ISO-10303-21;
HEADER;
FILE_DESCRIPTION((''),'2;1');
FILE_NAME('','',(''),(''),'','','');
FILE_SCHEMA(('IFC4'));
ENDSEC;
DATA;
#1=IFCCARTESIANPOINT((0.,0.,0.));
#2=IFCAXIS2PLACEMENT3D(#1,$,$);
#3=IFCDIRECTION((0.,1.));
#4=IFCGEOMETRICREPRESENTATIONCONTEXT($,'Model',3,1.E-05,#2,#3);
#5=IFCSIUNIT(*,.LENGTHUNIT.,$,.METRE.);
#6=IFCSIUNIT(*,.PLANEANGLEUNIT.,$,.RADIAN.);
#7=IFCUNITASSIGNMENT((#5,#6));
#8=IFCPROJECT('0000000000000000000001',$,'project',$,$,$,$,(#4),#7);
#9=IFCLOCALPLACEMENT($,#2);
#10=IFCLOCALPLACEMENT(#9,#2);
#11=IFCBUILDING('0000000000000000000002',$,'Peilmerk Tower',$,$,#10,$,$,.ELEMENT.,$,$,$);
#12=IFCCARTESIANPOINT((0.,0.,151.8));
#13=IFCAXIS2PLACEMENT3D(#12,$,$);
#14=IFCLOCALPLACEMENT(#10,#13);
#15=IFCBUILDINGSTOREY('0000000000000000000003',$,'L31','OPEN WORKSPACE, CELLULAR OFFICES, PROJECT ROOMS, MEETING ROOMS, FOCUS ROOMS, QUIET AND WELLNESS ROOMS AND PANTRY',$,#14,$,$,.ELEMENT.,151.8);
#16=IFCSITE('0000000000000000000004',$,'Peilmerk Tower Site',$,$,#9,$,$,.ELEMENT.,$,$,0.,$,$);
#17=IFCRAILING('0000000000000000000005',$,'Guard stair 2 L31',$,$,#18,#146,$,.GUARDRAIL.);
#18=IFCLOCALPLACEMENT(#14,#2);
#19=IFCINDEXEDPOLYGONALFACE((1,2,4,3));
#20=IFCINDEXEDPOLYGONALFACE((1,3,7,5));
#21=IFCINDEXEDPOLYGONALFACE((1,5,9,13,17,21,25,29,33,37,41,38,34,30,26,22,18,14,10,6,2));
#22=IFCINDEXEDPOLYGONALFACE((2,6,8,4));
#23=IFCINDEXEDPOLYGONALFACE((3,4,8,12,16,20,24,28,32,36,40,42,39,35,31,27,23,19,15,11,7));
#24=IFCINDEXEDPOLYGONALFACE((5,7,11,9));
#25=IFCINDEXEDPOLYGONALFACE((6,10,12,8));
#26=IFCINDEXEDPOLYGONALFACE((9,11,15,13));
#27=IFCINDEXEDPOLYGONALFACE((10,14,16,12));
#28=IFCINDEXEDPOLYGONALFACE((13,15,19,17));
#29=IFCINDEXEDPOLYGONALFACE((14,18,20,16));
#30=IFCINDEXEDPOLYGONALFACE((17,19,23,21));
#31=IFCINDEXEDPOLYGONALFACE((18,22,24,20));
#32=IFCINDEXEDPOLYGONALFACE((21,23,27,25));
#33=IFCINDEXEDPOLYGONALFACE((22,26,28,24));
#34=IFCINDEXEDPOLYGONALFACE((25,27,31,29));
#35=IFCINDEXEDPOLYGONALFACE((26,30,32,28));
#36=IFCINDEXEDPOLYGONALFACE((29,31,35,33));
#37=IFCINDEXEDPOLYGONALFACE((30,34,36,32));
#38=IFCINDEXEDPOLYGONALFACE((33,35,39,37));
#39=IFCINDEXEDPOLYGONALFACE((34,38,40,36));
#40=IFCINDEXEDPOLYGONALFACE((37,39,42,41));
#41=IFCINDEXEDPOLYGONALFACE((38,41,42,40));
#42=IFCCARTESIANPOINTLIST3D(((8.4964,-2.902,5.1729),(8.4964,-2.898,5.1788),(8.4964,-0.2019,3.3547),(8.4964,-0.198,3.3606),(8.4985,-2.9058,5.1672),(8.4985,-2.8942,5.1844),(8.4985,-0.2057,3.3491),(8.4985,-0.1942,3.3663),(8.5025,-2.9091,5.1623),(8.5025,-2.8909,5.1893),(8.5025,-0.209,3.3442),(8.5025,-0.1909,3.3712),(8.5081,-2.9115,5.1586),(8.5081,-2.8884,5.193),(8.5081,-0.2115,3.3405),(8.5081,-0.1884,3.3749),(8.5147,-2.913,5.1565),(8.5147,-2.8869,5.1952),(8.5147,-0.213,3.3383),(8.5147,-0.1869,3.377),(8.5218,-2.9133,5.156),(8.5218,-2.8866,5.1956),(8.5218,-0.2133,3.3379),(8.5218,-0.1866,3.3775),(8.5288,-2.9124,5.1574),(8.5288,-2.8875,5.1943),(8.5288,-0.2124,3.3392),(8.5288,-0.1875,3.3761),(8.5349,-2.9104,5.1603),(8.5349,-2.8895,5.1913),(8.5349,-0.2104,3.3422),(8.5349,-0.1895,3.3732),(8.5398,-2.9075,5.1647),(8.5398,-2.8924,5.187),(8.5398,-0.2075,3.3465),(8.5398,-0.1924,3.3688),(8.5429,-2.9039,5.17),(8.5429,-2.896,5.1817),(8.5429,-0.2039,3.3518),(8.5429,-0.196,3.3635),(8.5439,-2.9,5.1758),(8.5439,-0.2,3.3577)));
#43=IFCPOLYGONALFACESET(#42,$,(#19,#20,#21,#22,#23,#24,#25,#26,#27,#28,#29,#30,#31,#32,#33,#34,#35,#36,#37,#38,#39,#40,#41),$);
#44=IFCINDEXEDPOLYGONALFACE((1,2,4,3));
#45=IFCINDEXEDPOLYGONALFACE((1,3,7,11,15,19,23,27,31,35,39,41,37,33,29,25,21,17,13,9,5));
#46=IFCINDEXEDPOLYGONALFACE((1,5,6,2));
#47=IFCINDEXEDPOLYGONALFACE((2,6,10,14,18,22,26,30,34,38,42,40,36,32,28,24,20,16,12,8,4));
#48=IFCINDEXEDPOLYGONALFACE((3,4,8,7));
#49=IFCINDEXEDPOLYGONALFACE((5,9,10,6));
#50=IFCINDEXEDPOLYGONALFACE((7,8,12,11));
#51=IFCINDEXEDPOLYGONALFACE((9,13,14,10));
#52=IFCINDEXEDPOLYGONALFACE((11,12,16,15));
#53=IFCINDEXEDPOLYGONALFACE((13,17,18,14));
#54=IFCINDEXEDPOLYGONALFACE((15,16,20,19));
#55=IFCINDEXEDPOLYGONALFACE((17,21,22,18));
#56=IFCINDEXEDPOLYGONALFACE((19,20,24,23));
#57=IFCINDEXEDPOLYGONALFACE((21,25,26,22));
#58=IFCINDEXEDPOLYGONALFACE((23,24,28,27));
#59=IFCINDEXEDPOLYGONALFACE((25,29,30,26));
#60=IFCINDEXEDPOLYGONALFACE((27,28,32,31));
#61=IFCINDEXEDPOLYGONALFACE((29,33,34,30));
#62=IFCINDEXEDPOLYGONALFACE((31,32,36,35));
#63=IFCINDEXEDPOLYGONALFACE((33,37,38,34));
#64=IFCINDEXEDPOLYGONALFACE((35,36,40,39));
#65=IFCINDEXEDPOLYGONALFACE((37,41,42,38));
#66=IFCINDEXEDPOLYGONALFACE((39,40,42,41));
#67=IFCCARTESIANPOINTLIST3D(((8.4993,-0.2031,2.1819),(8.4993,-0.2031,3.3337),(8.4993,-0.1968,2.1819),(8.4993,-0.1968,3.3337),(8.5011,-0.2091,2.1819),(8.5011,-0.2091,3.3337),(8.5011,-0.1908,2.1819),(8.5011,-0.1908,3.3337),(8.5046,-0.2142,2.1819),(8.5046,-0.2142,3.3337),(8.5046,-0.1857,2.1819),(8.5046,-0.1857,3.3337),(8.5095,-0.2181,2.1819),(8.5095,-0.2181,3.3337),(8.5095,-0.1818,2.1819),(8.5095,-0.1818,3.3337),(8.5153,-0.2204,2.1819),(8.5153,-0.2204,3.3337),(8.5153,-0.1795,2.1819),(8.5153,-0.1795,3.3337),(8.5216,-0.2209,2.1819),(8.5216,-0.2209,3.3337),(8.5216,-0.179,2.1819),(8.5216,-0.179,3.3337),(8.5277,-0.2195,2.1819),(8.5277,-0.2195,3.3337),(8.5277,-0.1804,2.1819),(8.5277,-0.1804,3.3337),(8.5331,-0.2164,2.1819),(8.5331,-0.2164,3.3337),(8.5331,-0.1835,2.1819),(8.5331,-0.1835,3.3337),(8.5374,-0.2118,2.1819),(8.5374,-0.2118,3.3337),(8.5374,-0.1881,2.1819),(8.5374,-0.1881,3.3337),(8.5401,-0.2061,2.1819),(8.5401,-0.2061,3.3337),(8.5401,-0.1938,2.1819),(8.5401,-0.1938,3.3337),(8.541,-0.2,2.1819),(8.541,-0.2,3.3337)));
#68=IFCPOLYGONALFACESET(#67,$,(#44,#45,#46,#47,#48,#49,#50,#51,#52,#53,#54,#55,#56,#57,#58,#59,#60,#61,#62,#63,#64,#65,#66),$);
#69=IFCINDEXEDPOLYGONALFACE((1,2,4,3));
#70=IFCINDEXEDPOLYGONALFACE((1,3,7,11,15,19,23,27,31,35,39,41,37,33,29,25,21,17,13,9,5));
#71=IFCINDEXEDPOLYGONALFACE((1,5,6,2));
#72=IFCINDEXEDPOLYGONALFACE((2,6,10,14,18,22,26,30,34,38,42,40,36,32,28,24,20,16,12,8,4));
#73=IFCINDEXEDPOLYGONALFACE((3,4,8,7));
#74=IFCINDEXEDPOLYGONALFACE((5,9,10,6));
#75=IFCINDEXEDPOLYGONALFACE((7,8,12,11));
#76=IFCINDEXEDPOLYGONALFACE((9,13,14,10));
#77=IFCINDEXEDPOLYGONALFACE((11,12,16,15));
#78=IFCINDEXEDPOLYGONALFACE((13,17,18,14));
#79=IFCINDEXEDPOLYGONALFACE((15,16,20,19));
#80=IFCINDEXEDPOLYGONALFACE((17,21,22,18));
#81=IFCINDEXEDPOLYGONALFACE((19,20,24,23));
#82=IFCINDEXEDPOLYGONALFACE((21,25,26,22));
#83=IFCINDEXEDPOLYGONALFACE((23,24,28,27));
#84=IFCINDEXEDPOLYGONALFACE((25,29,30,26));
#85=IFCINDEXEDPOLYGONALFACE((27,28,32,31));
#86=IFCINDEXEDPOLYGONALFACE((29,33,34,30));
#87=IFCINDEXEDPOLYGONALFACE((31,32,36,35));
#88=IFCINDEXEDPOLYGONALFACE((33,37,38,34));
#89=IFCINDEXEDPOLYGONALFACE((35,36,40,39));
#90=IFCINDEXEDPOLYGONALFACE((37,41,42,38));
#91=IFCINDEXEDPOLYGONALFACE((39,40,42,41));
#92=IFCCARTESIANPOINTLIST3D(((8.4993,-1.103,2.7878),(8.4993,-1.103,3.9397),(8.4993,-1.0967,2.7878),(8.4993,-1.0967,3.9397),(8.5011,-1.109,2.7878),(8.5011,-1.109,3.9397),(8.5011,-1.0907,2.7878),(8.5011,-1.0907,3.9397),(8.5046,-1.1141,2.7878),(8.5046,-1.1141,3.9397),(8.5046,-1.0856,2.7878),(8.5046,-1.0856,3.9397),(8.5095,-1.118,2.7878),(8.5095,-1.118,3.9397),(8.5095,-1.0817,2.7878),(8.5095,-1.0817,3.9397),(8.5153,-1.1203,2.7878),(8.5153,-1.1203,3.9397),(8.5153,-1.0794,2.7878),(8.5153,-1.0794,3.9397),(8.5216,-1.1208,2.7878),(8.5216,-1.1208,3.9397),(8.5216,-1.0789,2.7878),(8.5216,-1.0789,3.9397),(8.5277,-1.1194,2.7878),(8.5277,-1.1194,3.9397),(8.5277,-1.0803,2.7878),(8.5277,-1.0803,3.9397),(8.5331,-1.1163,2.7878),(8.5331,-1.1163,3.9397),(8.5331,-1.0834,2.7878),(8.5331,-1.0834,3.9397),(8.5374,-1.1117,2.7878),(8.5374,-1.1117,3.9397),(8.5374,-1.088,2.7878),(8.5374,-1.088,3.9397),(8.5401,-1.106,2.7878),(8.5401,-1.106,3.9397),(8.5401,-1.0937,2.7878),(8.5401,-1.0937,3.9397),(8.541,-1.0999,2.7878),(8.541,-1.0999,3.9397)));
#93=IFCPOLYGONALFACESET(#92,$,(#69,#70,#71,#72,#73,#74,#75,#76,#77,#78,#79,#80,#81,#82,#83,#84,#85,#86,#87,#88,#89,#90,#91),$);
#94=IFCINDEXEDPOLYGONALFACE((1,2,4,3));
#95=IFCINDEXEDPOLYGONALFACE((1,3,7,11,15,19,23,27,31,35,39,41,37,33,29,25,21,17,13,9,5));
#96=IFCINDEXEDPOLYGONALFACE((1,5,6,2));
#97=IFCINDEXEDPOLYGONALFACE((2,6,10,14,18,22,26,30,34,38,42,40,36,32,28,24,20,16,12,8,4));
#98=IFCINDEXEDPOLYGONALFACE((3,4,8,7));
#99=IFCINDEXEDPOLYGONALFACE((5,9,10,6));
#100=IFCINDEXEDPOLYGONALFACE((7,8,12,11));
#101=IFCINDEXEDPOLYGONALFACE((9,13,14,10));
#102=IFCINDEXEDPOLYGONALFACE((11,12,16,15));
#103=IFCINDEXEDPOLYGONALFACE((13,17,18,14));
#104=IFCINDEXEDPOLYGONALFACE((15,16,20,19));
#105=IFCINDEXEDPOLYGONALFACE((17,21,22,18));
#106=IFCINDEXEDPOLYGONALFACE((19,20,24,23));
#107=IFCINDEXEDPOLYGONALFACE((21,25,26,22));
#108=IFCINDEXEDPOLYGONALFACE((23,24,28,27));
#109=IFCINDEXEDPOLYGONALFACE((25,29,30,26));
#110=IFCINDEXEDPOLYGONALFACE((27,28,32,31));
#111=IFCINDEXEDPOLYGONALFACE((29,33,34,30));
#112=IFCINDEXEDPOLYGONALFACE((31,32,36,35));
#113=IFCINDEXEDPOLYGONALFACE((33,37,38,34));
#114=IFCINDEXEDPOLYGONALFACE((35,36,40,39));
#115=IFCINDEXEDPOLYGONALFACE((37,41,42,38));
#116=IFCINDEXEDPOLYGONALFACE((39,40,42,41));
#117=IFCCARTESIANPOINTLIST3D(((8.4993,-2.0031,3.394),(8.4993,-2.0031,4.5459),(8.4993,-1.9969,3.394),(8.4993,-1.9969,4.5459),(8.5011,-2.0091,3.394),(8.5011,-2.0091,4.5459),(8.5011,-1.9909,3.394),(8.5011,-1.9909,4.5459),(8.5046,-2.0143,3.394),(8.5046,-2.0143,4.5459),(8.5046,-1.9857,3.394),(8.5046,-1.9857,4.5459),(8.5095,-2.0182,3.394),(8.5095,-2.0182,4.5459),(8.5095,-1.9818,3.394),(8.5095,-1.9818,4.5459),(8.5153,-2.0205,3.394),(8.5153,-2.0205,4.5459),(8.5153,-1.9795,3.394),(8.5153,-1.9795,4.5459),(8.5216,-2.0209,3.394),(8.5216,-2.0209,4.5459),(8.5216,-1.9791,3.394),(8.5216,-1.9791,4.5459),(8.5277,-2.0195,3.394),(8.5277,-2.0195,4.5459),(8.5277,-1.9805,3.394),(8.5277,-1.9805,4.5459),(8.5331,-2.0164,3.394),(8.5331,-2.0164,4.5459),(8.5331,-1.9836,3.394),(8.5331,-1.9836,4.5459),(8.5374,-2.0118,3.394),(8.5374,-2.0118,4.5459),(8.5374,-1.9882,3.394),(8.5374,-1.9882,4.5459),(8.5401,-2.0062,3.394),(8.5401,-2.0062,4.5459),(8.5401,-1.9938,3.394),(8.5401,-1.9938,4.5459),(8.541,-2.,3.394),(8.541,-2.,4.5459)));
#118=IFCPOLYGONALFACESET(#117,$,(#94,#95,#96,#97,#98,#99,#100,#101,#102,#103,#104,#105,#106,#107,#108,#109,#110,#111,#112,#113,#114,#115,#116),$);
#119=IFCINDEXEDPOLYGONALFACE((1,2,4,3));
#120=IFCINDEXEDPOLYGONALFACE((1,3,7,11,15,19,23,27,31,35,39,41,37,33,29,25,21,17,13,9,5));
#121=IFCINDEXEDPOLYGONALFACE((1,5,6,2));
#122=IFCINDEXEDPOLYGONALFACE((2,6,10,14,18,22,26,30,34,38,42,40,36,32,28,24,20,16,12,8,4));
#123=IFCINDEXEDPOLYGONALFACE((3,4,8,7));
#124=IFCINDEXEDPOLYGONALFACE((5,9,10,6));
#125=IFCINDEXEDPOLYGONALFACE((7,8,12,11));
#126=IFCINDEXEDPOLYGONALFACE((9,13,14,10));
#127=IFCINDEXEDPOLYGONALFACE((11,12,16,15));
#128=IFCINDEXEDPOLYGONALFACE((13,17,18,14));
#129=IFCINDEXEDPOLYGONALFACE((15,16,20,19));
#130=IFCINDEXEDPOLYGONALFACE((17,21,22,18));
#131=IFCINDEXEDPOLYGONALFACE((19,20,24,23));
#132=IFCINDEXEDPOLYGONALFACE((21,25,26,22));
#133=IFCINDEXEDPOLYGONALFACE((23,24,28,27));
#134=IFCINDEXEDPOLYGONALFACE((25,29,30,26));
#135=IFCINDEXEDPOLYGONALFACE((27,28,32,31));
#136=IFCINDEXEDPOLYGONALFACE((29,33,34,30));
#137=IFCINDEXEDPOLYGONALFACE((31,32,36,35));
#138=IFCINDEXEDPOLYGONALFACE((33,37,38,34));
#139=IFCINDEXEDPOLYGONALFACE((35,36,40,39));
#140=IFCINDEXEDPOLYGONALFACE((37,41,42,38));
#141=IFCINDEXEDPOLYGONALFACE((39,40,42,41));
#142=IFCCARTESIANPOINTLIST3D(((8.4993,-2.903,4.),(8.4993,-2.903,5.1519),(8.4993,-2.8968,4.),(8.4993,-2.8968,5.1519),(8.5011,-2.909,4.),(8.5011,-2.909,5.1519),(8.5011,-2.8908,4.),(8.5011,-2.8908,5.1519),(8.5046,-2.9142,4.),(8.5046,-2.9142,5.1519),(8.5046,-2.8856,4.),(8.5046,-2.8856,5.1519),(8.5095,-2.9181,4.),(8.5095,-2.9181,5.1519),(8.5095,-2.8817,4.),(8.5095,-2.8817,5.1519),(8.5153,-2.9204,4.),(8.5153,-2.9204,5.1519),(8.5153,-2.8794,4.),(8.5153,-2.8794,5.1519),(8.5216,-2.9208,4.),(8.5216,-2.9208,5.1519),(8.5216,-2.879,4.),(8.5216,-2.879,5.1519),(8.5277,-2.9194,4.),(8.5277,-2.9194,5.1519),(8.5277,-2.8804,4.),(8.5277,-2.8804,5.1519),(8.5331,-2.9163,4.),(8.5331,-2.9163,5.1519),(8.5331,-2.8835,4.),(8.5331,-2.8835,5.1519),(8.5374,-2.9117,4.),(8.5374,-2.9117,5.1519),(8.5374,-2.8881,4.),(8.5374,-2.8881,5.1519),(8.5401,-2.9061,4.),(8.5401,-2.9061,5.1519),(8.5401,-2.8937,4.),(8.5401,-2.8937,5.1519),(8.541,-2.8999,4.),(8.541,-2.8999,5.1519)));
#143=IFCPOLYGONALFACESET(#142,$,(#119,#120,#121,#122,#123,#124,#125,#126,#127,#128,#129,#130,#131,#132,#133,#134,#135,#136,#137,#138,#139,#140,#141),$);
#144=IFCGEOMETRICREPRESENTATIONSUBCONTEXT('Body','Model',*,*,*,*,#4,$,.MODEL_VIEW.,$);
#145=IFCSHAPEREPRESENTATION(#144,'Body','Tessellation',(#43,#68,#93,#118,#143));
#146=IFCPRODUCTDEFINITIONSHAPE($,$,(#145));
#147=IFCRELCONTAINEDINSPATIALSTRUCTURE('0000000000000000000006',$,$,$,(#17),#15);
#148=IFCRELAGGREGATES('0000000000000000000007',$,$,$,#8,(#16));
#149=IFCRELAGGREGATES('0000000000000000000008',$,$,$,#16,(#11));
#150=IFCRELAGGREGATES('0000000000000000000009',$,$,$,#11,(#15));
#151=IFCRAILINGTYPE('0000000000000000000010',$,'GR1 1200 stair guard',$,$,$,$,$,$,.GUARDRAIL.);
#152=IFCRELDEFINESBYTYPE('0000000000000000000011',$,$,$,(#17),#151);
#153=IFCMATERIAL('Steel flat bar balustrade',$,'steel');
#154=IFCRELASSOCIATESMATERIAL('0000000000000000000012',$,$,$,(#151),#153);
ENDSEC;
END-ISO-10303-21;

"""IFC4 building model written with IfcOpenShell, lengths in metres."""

from ifc_helpers import new_model, si_unit, direction, frame, origin, origin_2d, place, context, subcontext, project, spatial, circle, extrude, material, type_object, element, save


model = new_model("IFC4")

# Units and contexts
model_context = context("Model", 3, precision=1e-05, world=origin(), true_north=direction((0.0, 1.0)))
body_context = subcontext(model_context, "Body", "Model", "MODEL_VIEW")
ifc_project = project(units=[si_unit("LENGTHUNIT", "METRE"), si_unit("PLANEANGLEUNIT", "RADIAN")], contexts=[model_context])

# Site, building, storey
site_placement = place(None, origin())
site = spatial("IfcSite", under=ifc_project, at=site_placement, Name="Peilmerk Tower Site", CompositionType="ELEMENT", RefElevation=0.0)
building_placement = place(site_placement, origin())
building = spatial("IfcBuilding", under=site, at=building_placement, Name="Peilmerk Tower", CompositionType="ELEMENT")
storey_placement = place(building_placement, frame((0.0, 0.0, 151.8)))
storey = spatial("IfcBuildingStorey", under=building, at=storey_placement, Name="L31", Description="OPEN WORKSPACE, CELLULAR OFFICES, PROJECT ROOMS, MEETING ROOMS, FOCUS ROOMS, QUIET AND WELLNESS ROOMS AND PANTRY", CompositionType="ELEMENT", Elevation=151.8)

# Railing
ifc_material_1 = material(Name="Steel flat bar balustrade", Category="steel")
railing_type_1 = type_object("IfcRailingType", Name="GR1 1200 stair guard", PredefinedType="GUARDRAIL", material=ifc_material_1)
railing_1_placement = place(storey_placement, frame((8.52, -0.2, 2.1819)))
element("IfcRailing", 1, at=railing_1_placement, inside=storey, type_object=railing_type_1, Name="Guard stair 2 L31", PredefinedType="GUARDRAIL", context=body_context, shape_type="SweptSolid", body=[
    extrude(circle(Radius=0.0239, at=origin_2d()), frame((0.0, 0.0, 1.1758), z_axis=(0.0, -0.829468, 0.558554), x_axis=(1.0, 0.0, 0.0)), (0.0, 0.0, 1.0), 3.2551),
    extrude(circle(Radius=0.021, at=origin_2d()), origin(), (0.0, 0.0, 1.0), 1.1519),
    extrude(circle(Radius=0.021, at=origin_2d()), frame((0.0, -0.8999, 0.606)), (0.0, 0.0, 1.0), 1.1519),
    extrude(circle(Radius=0.021, at=origin_2d()), frame((0.0, -1.8, 1.2122)), (0.0, 0.0, 1.0), 1.1519),
    extrude(circle(Radius=0.021, at=origin_2d()), frame((0.0, -2.7, 1.8181)), (0.0, 0.0, 1.0), 1.1519),
])

save(model, "model.ifc")
